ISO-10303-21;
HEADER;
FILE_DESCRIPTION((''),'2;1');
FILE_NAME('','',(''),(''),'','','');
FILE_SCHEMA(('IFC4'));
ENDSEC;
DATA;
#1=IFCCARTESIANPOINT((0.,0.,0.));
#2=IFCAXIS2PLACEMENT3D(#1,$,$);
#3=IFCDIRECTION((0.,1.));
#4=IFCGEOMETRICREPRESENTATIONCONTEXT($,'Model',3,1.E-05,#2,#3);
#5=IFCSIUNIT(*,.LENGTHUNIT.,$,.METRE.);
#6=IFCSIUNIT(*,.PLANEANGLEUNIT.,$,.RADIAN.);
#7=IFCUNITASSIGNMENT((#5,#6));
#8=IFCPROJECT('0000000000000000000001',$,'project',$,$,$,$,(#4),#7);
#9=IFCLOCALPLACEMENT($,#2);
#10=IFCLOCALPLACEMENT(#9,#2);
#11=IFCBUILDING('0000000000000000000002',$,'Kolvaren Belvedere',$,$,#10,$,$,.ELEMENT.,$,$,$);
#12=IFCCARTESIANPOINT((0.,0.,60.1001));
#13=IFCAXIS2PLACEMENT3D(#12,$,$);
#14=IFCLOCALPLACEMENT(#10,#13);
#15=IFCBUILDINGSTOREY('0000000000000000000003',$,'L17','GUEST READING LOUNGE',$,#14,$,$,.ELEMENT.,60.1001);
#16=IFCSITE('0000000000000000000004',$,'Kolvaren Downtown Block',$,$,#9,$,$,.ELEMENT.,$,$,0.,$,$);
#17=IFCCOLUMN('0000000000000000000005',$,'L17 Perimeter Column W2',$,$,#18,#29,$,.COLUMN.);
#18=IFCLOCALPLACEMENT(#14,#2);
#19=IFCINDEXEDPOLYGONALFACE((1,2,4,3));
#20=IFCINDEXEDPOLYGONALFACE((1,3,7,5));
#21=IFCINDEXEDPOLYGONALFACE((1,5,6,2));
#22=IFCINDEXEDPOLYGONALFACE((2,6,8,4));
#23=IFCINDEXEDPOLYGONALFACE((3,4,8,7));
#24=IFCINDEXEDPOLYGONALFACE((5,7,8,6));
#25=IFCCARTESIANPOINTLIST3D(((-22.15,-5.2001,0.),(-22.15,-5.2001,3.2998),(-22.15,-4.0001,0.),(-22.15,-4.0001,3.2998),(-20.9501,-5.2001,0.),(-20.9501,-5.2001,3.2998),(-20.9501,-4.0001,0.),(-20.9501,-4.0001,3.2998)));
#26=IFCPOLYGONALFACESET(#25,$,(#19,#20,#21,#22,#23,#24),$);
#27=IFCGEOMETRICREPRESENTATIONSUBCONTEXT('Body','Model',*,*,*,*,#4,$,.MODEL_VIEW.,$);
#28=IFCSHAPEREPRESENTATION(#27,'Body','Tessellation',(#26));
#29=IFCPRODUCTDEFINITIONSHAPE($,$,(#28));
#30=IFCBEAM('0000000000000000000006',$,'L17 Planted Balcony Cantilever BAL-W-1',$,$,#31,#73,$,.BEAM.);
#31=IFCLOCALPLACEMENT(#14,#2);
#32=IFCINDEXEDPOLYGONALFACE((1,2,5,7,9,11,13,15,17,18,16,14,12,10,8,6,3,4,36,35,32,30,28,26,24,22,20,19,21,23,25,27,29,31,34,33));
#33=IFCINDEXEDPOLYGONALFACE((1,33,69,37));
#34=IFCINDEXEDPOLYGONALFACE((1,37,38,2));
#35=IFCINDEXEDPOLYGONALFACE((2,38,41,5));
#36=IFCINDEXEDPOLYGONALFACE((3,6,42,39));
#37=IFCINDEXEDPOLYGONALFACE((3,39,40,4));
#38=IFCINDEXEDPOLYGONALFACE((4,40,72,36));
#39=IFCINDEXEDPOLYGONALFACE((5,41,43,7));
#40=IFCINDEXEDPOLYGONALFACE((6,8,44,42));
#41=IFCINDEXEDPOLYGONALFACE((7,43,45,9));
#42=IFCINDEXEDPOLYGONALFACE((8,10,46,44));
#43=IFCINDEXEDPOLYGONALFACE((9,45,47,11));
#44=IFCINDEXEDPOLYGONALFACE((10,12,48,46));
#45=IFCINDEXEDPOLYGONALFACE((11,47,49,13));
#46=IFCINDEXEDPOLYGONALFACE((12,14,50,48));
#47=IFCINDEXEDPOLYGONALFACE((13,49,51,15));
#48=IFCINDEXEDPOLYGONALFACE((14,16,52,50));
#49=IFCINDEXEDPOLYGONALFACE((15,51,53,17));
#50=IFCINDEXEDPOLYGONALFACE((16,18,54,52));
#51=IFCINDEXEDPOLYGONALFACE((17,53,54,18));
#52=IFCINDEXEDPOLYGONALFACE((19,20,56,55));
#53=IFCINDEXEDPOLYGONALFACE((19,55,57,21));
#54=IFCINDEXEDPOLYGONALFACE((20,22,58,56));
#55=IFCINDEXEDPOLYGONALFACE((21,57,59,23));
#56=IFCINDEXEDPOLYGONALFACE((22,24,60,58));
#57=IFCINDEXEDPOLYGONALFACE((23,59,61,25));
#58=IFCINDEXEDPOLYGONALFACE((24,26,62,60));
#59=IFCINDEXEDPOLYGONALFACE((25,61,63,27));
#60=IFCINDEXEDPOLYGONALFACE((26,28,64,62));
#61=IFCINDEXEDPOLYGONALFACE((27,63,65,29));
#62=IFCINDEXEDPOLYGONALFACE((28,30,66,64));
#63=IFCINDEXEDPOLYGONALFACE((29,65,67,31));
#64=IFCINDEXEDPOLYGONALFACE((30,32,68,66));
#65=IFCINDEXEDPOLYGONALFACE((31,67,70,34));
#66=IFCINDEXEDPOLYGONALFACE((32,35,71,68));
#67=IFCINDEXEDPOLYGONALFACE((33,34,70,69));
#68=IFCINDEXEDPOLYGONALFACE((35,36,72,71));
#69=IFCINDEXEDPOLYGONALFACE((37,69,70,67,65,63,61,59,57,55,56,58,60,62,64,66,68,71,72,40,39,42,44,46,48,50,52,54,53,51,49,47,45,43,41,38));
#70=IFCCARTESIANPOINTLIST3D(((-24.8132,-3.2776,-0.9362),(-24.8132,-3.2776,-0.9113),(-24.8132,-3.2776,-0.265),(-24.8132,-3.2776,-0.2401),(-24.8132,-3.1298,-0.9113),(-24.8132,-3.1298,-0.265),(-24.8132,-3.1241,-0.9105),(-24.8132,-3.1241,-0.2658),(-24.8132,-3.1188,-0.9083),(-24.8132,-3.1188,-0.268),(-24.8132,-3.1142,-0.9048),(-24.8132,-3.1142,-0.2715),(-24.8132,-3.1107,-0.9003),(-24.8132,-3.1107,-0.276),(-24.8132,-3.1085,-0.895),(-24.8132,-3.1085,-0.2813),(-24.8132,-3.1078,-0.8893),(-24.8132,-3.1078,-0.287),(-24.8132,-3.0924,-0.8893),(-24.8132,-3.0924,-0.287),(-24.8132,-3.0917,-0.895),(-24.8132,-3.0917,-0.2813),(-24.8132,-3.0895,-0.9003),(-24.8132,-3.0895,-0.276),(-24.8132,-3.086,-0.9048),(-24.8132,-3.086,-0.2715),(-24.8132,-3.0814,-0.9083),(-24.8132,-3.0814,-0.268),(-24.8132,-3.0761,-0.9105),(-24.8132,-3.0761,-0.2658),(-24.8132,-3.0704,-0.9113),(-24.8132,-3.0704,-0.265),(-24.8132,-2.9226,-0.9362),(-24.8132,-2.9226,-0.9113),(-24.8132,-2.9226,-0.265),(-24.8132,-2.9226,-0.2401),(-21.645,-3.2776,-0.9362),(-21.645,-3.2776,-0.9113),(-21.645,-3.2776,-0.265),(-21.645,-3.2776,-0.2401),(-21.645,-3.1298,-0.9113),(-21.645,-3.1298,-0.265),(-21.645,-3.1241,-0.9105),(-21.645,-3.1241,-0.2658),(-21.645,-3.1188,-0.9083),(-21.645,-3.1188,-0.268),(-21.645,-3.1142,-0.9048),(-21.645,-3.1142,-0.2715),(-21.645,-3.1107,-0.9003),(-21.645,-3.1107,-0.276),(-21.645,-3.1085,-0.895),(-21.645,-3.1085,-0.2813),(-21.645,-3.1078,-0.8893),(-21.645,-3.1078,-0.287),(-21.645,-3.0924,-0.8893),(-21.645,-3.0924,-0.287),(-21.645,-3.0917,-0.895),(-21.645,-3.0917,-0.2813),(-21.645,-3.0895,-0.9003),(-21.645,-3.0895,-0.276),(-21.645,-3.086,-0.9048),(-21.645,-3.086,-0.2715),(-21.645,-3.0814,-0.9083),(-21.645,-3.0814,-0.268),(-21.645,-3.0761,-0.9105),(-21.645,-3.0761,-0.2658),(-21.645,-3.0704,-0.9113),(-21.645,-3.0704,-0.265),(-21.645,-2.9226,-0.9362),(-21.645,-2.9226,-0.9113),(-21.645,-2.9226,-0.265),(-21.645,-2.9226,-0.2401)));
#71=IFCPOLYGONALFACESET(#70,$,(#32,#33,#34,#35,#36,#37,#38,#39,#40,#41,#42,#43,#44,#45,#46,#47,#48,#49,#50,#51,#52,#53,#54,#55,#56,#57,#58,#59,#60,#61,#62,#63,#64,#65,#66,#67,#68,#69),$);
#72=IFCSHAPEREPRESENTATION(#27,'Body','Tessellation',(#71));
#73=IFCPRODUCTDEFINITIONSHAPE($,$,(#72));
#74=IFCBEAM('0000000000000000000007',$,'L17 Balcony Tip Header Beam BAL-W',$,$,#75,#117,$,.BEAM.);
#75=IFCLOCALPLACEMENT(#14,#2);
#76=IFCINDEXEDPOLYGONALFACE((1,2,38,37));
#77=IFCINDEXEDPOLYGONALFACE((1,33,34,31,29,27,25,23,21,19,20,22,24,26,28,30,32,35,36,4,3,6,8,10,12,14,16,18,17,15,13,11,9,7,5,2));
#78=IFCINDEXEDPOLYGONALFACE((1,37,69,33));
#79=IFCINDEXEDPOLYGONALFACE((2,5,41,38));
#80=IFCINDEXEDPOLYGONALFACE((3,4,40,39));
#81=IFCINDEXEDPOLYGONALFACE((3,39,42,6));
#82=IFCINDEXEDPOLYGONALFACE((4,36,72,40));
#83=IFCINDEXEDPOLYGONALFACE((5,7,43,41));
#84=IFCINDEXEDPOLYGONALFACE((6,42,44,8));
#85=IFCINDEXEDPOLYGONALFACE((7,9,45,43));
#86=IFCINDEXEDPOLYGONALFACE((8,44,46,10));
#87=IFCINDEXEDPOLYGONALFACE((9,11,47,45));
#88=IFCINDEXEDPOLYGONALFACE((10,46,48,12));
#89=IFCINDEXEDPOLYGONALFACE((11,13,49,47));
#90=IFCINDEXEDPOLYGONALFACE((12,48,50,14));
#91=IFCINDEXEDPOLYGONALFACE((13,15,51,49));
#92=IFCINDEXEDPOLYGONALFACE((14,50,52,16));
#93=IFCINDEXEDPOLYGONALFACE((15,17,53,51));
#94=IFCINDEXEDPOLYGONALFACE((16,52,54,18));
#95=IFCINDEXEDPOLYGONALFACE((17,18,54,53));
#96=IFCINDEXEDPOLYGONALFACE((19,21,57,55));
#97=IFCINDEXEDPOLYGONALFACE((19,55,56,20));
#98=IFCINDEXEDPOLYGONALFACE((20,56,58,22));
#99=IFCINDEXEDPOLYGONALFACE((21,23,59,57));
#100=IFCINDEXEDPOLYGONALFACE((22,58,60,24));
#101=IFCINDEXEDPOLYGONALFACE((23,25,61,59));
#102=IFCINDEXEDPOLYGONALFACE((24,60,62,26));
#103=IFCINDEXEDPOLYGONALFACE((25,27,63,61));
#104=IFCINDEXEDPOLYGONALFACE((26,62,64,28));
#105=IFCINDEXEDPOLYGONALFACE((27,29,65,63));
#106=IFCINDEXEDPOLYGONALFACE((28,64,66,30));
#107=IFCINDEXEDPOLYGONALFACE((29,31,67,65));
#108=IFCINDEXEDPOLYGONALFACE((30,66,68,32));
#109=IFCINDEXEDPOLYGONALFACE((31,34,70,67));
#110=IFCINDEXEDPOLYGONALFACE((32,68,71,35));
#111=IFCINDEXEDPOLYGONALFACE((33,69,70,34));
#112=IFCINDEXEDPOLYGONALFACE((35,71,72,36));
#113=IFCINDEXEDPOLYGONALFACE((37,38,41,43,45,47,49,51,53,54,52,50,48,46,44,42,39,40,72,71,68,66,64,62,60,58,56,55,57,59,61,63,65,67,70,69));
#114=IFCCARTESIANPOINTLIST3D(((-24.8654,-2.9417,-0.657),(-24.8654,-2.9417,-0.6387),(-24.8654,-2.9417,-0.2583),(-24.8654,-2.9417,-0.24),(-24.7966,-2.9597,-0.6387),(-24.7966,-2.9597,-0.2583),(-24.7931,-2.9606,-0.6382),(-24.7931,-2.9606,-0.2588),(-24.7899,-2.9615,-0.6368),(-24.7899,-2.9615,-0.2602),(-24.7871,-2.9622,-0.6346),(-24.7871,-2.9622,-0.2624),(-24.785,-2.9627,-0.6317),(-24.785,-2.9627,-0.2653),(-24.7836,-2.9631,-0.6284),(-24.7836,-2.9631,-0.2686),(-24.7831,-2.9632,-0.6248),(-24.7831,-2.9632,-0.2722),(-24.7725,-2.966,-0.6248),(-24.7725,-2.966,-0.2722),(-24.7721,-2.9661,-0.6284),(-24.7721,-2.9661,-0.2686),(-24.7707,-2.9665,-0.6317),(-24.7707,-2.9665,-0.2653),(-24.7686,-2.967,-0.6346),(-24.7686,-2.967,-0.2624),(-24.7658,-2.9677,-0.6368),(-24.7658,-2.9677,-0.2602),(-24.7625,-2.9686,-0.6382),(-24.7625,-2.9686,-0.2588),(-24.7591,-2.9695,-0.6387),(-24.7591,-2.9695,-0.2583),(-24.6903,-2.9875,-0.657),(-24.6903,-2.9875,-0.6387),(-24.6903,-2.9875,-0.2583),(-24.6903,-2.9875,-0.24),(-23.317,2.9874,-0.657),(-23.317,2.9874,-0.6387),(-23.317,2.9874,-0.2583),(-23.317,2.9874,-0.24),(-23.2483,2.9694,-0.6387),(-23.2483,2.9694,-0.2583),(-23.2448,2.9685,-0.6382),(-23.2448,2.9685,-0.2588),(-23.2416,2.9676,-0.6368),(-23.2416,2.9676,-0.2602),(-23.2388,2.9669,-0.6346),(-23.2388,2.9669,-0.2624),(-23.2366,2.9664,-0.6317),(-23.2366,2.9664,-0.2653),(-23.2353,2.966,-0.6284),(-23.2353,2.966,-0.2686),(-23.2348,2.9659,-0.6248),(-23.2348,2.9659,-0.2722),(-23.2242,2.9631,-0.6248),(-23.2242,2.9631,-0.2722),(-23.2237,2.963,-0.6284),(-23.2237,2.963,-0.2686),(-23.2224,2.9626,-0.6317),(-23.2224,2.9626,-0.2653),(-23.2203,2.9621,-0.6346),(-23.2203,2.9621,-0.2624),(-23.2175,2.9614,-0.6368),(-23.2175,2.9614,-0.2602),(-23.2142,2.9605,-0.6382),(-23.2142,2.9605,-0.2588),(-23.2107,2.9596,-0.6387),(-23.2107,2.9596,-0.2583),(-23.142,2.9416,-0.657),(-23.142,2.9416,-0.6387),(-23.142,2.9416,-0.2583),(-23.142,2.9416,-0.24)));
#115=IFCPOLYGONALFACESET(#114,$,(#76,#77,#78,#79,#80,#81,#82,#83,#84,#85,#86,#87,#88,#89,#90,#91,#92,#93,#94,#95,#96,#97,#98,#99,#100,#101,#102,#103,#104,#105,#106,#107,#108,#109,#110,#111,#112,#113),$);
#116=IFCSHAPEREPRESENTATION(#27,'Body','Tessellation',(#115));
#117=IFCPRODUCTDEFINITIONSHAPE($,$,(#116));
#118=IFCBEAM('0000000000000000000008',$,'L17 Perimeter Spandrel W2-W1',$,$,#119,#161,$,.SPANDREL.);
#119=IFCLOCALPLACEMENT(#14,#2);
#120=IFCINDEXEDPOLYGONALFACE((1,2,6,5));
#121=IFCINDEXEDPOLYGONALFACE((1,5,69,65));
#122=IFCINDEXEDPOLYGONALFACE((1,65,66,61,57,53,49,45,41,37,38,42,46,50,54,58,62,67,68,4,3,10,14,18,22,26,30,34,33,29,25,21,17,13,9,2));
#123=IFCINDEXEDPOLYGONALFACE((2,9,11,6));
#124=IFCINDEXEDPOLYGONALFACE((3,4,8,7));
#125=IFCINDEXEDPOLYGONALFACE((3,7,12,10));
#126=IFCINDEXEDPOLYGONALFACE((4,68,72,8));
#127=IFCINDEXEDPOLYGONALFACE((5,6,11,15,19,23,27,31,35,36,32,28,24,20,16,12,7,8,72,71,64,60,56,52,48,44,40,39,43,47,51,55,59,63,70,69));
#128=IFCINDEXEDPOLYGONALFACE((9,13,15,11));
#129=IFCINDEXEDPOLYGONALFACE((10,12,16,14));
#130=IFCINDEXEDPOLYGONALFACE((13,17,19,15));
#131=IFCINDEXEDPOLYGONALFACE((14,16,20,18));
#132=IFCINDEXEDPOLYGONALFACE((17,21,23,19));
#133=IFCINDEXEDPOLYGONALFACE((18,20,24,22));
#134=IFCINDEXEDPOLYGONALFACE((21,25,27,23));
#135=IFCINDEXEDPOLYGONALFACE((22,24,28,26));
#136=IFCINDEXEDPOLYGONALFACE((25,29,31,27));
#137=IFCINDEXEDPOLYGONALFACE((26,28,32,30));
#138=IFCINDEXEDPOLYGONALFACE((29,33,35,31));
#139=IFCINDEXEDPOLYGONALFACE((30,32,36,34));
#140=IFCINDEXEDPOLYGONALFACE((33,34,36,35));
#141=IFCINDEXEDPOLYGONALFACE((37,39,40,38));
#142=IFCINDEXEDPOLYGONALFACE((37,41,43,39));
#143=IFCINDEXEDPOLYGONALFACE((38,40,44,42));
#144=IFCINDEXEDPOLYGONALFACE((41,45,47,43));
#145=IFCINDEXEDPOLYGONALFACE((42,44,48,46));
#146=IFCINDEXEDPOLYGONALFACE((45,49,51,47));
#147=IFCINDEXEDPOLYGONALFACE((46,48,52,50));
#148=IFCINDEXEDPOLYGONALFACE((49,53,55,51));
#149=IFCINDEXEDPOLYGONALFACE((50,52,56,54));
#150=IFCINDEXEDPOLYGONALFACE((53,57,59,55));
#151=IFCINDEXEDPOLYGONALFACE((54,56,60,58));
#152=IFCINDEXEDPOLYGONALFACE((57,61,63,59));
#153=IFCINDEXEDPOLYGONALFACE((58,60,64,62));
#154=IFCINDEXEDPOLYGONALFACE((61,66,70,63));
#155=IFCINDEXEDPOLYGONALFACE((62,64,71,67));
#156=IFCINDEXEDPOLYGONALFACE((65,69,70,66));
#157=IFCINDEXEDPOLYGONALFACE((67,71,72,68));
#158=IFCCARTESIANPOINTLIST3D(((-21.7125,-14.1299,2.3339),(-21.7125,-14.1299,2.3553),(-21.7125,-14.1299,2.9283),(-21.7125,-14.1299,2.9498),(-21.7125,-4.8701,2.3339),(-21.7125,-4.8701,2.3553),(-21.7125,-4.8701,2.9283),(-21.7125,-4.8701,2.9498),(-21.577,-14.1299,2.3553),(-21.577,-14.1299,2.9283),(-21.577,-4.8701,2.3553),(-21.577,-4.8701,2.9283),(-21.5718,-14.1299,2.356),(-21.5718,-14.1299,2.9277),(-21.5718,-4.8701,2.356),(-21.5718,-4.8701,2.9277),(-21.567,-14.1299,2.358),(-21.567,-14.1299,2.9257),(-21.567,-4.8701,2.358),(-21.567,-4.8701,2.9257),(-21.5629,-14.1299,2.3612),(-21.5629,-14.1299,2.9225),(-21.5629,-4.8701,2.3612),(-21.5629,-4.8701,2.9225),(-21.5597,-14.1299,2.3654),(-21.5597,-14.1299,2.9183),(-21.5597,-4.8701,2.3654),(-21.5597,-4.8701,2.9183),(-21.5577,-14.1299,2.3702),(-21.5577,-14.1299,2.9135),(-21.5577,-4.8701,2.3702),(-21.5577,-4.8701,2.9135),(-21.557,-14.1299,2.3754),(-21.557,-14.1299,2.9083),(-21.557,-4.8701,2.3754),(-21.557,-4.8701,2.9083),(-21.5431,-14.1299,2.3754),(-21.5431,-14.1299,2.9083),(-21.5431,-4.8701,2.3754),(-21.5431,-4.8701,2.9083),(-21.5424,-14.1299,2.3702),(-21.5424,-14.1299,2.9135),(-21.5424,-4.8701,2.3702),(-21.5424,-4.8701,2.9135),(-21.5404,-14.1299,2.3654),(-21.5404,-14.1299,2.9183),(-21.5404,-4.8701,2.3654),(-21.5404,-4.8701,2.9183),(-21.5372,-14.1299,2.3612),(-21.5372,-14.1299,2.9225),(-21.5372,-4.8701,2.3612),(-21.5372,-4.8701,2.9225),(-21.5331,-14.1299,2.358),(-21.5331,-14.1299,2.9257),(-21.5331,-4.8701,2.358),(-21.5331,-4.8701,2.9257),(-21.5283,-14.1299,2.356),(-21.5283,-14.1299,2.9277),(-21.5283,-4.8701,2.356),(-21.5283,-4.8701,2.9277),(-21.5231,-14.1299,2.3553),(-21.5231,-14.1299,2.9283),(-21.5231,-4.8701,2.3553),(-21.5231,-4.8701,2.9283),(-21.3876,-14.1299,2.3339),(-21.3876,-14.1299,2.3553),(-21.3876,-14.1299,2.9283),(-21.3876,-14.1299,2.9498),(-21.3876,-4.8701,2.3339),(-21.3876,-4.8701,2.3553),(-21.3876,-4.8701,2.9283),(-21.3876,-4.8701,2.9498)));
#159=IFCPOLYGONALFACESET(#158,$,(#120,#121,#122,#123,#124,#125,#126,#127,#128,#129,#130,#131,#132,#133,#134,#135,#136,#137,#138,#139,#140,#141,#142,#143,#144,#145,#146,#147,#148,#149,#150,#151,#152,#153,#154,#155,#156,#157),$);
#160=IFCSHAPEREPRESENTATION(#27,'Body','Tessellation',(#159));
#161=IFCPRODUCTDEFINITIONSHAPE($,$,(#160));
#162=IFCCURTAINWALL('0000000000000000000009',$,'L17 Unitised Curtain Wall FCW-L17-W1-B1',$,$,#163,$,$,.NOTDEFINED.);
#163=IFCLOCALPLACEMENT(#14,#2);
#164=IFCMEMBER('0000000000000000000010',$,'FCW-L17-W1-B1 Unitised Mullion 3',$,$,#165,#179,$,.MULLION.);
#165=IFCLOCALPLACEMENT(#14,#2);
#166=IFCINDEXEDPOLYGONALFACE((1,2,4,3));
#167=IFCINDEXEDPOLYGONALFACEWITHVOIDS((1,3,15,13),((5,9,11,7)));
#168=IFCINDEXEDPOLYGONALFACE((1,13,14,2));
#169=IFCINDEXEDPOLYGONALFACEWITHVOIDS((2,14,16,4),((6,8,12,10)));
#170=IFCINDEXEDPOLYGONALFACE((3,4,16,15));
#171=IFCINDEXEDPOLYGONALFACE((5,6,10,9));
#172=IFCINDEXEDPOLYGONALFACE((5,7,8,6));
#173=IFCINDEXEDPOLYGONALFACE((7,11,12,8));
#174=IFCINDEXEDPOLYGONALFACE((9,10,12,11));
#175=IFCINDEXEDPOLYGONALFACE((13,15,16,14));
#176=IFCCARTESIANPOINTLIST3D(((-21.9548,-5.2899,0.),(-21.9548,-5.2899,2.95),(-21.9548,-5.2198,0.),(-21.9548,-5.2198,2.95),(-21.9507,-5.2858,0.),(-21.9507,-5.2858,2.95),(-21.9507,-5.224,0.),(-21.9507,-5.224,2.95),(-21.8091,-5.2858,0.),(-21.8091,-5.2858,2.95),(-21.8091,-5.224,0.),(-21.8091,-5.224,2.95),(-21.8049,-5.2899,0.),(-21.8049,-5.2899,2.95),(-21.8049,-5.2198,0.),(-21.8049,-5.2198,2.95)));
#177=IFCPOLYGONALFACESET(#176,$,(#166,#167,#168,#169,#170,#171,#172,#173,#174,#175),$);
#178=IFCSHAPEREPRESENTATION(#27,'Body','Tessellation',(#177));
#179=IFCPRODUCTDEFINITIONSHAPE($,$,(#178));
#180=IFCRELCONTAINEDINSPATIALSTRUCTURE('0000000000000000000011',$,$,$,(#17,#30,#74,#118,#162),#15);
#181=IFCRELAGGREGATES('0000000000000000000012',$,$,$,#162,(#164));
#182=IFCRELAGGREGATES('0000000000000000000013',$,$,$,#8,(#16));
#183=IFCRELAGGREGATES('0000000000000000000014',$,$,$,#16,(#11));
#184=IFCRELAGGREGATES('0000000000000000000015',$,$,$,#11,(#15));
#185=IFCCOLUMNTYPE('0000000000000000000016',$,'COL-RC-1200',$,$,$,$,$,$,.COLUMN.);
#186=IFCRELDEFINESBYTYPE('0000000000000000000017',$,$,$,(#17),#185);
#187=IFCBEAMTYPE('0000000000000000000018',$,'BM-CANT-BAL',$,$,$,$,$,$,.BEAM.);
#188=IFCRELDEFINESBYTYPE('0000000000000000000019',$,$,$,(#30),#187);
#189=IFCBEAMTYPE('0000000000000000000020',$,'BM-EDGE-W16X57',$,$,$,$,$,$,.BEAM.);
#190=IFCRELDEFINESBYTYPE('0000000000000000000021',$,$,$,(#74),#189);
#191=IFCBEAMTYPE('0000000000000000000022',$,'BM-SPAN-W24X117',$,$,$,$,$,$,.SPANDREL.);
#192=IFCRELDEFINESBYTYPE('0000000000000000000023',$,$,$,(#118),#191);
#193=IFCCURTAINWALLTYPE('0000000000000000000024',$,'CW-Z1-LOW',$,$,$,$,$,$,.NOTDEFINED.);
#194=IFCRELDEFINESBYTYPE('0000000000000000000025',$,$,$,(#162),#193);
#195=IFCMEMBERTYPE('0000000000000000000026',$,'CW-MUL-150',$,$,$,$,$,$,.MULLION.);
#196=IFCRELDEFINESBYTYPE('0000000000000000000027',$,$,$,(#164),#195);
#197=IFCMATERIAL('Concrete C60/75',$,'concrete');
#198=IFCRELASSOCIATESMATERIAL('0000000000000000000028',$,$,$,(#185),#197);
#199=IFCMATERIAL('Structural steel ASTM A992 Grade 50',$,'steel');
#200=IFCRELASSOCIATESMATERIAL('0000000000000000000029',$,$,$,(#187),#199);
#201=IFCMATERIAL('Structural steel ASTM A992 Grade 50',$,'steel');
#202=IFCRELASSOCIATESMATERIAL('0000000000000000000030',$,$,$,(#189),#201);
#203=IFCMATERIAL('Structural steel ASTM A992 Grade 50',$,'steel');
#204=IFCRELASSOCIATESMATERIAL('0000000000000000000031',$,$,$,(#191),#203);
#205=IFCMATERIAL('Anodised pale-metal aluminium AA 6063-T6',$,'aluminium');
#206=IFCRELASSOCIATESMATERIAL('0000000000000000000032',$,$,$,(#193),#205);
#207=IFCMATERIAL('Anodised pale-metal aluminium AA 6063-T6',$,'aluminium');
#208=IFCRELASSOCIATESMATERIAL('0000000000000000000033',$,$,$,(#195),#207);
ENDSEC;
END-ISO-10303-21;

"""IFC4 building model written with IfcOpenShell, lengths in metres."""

from ifc_helpers import new_model, si_unit, direction, frame, origin, origin_2d, place, context, subcontext, project, spatial, rectangle, hollow_rectangle, i_section, extrude, material, material_profile, profile_set, type_object, element, aggregate, save


model = new_model("IFC4")

# Units and contexts
model_context = context("Model", 3, precision=1e-05, world=origin(), true_north=direction((0.0, 1.0)))
body_context = subcontext(model_context, "Body", "Model", "MODEL_VIEW")
ifc_project = project(units=[si_unit("LENGTHUNIT", "METRE"), si_unit("PLANEANGLEUNIT", "RADIAN")], contexts=[model_context])

# Site, building, storey
site_placement = place(None, origin())
site = spatial("IfcSite", under=ifc_project, at=site_placement, Name="Kolvaren Downtown Block", CompositionType="ELEMENT", RefElevation=0.0)
building_placement = place(site_placement, origin())
building = spatial("IfcBuilding", under=site, at=building_placement, Name="Kolvaren Belvedere", CompositionType="ELEMENT")
storey_placement = place(building_placement, frame((0.0, 0.0, 60.1001)))
storey = spatial("IfcBuildingStorey", under=building, at=storey_placement, Name="L17", Description="GUEST READING LOUNGE", CompositionType="ELEMENT", Elevation=60.1001)

# Column
ifc_material_1 = material(Name="Concrete C60/75", Category="concrete")
ifc_material_profile_1 = material_profile(ifc_material_1, rectangle(XDim=1.2, YDim=1.2, at=origin_2d()), Name="RC 1200X1200")
ifc_profile_set_1 = profile_set([ifc_material_profile_1], Name="Concrete C60/75")
column_type = type_object("IfcColumnType", Name="COL-RC-1200", PredefinedType="COLUMN", material=ifc_profile_set_1)
column_placement = place(storey_placement, frame((-21.55, -4.6001, 0.0), z_axis=(0.0, 0.0, 1.0), x_axis=(1.0, 0.0, 0.0)))
element("IfcColumn", 1, at=column_placement, inside=storey, type_object=column_type, Name="L17 Perimeter Column W2", PredefinedType="COLUMN", context=body_context, shape_type="SweptSolid", body=[
    extrude(rectangle(XDim=1.2, YDim=1.2, at=origin_2d()), origin(), (0.0, 0.0, 1.0), 3.2998),
])

# Beams
ifc_material_2 = material(Name="Structural steel ASTM A992 Grade 50", Category="steel")
ifc_material_profile_2 = material_profile(ifc_material_2, i_section(OverallWidth=0.355, OverallDepth=0.696, WebThickness=0.0154, FlangeThickness=0.0249, FilletRadius=0.022, at=origin_2d()), Name="W27X146")
ifc_profile_set_2 = profile_set([ifc_material_profile_2], Name="Structural steel ASTM A992 Grade 50")
beam_type_1 = type_object("IfcBeamType", Name="BM-CANT-BAL", PredefinedType="BEAM", material=ifc_profile_set_2)
beam_1_placement = place(storey_placement, frame((-21.645, -3.1001, -0.5881), z_axis=(-1.0, 0.0, 0.0), x_axis=(0.0, -1.0, 0.0)))
element("IfcBeam", 2, at=beam_1_placement, inside=storey, type_object=beam_type_1, Name="L17 Planted Balcony Cantilever BAL-W-1", PredefinedType="BEAM", context=body_context, shape_type="SweptSolid", body=[
    extrude(i_section(OverallWidth=0.355, OverallDepth=0.696, WebThickness=0.0154, FlangeThickness=0.0249, FilletRadius=0.022, at=origin_2d()), origin(), (0.0, 0.0, 1.0), 3.1682),
])
ifc_material_3 = material(Name="Structural steel ASTM A992 Grade 50", Category="steel")
ifc_material_profile_3 = material_profile(ifc_material_3, i_section(OverallWidth=0.1809, OverallDepth=0.417, WebThickness=0.011, FlangeThickness=0.0183, FilletRadius=0.0139, at=origin_2d()), Name="W16X57")
ifc_profile_set_3 = profile_set([ifc_material_profile_3], Name="Structural steel ASTM A992 Grade 50")
beam_type_2 = type_object("IfcBeamType", Name="BM-EDGE-W16X57", PredefinedType="BEAM", material=ifc_profile_set_3)
beam_2_placement = place(storey_placement, frame((-24.7778, -2.9646, -0.4485), z_axis=(0.252665, 0.967554, 0.0), x_axis=(-0.967554, 0.252665, 0.0)))
element("IfcBeam", 3, at=beam_2_placement, inside=storey, type_object=beam_type_2, Name="L17 Balcony Tip Header Beam BAL-W", PredefinedType="BEAM", context=body_context, shape_type="SweptSolid", body=[
    extrude(i_section(OverallWidth=0.1809, OverallDepth=0.417, WebThickness=0.011, FlangeThickness=0.0183, FilletRadius=0.0139, at=origin_2d()), origin(), (0.0, 0.0, 1.0), 6.1279),
])
ifc_material_4 = material(Name="Structural steel ASTM A992 Grade 50", Category="steel")
ifc_material_profile_4 = material_profile(ifc_material_4, i_section(OverallWidth=0.325, OverallDepth=0.616, WebThickness=0.0139, FlangeThickness=0.0215, FilletRadius=0.02, at=origin_2d()), Name="W24X117")
ifc_profile_set_4 = profile_set([ifc_material_profile_4], Name="Structural steel ASTM A992 Grade 50")
beam_type_3 = type_object("IfcBeamType", Name="BM-SPAN-W24X117", PredefinedType="SPANDREL", material=ifc_profile_set_4)
beam_3_placement = place(storey_placement, frame((-21.55, -4.8701, 2.6418), z_axis=(0.0, -1.0, 0.0), x_axis=(1.0, 0.0, 0.0)))
element("IfcBeam", 4, at=beam_3_placement, inside=storey, type_object=beam_type_3, Name="L17 Perimeter Spandrel W2-W1", PredefinedType="SPANDREL", context=body_context, shape_type="SweptSolid", body=[
    extrude(i_section(OverallWidth=0.325, OverallDepth=0.616, WebThickness=0.0139, FlangeThickness=0.0215, FilletRadius=0.02, at=origin_2d()), origin(), (0.0, 0.0, 1.0), 9.2598),
])

# Curtain wall, member
ifc_material_5 = material(Name="Anodised pale-metal aluminium AA 6063-T6", Category="aluminium")
curtain_wall_type = type_object("IfcCurtainWallType", Name="CW-Z1-LOW", PredefinedType="NOTDEFINED", material=ifc_material_5)
curtain_wall_1_placement = place(storey_placement, origin())
curtain_wall_1 = element("IfcCurtainWall", 5, at=curtain_wall_1_placement, inside=storey, type_object=curtain_wall_type, Name="L17 Unitised Curtain Wall FCW-L17-W1-B1", PredefinedType="NOTDEFINED")
ifc_material_6 = material(Name="Anodised pale-metal aluminium AA 6063-T6", Category="aluminium")
ifc_material_profile_5 = material_profile(ifc_material_6, hollow_rectangle(XDim=0.0701, YDim=0.1499, WallThickness=0.0042, at=origin_2d()), Name="ALU-MUL-150X70")
ifc_profile_set_5 = profile_set([ifc_material_profile_5], Name="Anodised pale-metal aluminium AA 6063-T6")
member_type_1 = type_object("IfcMemberType", Name="CW-MUL-150", PredefinedType="MULLION", material=ifc_profile_set_5)
member_1_placement = place(storey_placement, frame((-21.8799, -5.2549, 0.0), z_axis=(0.0, 0.0, 1.0), x_axis=(0.0, 1.0, 0.0)))
member_1 = element("IfcMember", 6, at=member_1_placement, type_object=member_type_1, Name="FCW-L17-W1-B1 Unitised Mullion 3", PredefinedType="MULLION", context=body_context, shape_type="SweptSolid", body=[
    extrude(hollow_rectangle(XDim=0.0701, YDim=0.1499, WallThickness=0.0042, at=origin_2d()), origin(), (0.0, 0.0, 1.0), 2.95),
])
aggregate(curtain_wall_1, [member_1])

save(model, "model.ifc")
